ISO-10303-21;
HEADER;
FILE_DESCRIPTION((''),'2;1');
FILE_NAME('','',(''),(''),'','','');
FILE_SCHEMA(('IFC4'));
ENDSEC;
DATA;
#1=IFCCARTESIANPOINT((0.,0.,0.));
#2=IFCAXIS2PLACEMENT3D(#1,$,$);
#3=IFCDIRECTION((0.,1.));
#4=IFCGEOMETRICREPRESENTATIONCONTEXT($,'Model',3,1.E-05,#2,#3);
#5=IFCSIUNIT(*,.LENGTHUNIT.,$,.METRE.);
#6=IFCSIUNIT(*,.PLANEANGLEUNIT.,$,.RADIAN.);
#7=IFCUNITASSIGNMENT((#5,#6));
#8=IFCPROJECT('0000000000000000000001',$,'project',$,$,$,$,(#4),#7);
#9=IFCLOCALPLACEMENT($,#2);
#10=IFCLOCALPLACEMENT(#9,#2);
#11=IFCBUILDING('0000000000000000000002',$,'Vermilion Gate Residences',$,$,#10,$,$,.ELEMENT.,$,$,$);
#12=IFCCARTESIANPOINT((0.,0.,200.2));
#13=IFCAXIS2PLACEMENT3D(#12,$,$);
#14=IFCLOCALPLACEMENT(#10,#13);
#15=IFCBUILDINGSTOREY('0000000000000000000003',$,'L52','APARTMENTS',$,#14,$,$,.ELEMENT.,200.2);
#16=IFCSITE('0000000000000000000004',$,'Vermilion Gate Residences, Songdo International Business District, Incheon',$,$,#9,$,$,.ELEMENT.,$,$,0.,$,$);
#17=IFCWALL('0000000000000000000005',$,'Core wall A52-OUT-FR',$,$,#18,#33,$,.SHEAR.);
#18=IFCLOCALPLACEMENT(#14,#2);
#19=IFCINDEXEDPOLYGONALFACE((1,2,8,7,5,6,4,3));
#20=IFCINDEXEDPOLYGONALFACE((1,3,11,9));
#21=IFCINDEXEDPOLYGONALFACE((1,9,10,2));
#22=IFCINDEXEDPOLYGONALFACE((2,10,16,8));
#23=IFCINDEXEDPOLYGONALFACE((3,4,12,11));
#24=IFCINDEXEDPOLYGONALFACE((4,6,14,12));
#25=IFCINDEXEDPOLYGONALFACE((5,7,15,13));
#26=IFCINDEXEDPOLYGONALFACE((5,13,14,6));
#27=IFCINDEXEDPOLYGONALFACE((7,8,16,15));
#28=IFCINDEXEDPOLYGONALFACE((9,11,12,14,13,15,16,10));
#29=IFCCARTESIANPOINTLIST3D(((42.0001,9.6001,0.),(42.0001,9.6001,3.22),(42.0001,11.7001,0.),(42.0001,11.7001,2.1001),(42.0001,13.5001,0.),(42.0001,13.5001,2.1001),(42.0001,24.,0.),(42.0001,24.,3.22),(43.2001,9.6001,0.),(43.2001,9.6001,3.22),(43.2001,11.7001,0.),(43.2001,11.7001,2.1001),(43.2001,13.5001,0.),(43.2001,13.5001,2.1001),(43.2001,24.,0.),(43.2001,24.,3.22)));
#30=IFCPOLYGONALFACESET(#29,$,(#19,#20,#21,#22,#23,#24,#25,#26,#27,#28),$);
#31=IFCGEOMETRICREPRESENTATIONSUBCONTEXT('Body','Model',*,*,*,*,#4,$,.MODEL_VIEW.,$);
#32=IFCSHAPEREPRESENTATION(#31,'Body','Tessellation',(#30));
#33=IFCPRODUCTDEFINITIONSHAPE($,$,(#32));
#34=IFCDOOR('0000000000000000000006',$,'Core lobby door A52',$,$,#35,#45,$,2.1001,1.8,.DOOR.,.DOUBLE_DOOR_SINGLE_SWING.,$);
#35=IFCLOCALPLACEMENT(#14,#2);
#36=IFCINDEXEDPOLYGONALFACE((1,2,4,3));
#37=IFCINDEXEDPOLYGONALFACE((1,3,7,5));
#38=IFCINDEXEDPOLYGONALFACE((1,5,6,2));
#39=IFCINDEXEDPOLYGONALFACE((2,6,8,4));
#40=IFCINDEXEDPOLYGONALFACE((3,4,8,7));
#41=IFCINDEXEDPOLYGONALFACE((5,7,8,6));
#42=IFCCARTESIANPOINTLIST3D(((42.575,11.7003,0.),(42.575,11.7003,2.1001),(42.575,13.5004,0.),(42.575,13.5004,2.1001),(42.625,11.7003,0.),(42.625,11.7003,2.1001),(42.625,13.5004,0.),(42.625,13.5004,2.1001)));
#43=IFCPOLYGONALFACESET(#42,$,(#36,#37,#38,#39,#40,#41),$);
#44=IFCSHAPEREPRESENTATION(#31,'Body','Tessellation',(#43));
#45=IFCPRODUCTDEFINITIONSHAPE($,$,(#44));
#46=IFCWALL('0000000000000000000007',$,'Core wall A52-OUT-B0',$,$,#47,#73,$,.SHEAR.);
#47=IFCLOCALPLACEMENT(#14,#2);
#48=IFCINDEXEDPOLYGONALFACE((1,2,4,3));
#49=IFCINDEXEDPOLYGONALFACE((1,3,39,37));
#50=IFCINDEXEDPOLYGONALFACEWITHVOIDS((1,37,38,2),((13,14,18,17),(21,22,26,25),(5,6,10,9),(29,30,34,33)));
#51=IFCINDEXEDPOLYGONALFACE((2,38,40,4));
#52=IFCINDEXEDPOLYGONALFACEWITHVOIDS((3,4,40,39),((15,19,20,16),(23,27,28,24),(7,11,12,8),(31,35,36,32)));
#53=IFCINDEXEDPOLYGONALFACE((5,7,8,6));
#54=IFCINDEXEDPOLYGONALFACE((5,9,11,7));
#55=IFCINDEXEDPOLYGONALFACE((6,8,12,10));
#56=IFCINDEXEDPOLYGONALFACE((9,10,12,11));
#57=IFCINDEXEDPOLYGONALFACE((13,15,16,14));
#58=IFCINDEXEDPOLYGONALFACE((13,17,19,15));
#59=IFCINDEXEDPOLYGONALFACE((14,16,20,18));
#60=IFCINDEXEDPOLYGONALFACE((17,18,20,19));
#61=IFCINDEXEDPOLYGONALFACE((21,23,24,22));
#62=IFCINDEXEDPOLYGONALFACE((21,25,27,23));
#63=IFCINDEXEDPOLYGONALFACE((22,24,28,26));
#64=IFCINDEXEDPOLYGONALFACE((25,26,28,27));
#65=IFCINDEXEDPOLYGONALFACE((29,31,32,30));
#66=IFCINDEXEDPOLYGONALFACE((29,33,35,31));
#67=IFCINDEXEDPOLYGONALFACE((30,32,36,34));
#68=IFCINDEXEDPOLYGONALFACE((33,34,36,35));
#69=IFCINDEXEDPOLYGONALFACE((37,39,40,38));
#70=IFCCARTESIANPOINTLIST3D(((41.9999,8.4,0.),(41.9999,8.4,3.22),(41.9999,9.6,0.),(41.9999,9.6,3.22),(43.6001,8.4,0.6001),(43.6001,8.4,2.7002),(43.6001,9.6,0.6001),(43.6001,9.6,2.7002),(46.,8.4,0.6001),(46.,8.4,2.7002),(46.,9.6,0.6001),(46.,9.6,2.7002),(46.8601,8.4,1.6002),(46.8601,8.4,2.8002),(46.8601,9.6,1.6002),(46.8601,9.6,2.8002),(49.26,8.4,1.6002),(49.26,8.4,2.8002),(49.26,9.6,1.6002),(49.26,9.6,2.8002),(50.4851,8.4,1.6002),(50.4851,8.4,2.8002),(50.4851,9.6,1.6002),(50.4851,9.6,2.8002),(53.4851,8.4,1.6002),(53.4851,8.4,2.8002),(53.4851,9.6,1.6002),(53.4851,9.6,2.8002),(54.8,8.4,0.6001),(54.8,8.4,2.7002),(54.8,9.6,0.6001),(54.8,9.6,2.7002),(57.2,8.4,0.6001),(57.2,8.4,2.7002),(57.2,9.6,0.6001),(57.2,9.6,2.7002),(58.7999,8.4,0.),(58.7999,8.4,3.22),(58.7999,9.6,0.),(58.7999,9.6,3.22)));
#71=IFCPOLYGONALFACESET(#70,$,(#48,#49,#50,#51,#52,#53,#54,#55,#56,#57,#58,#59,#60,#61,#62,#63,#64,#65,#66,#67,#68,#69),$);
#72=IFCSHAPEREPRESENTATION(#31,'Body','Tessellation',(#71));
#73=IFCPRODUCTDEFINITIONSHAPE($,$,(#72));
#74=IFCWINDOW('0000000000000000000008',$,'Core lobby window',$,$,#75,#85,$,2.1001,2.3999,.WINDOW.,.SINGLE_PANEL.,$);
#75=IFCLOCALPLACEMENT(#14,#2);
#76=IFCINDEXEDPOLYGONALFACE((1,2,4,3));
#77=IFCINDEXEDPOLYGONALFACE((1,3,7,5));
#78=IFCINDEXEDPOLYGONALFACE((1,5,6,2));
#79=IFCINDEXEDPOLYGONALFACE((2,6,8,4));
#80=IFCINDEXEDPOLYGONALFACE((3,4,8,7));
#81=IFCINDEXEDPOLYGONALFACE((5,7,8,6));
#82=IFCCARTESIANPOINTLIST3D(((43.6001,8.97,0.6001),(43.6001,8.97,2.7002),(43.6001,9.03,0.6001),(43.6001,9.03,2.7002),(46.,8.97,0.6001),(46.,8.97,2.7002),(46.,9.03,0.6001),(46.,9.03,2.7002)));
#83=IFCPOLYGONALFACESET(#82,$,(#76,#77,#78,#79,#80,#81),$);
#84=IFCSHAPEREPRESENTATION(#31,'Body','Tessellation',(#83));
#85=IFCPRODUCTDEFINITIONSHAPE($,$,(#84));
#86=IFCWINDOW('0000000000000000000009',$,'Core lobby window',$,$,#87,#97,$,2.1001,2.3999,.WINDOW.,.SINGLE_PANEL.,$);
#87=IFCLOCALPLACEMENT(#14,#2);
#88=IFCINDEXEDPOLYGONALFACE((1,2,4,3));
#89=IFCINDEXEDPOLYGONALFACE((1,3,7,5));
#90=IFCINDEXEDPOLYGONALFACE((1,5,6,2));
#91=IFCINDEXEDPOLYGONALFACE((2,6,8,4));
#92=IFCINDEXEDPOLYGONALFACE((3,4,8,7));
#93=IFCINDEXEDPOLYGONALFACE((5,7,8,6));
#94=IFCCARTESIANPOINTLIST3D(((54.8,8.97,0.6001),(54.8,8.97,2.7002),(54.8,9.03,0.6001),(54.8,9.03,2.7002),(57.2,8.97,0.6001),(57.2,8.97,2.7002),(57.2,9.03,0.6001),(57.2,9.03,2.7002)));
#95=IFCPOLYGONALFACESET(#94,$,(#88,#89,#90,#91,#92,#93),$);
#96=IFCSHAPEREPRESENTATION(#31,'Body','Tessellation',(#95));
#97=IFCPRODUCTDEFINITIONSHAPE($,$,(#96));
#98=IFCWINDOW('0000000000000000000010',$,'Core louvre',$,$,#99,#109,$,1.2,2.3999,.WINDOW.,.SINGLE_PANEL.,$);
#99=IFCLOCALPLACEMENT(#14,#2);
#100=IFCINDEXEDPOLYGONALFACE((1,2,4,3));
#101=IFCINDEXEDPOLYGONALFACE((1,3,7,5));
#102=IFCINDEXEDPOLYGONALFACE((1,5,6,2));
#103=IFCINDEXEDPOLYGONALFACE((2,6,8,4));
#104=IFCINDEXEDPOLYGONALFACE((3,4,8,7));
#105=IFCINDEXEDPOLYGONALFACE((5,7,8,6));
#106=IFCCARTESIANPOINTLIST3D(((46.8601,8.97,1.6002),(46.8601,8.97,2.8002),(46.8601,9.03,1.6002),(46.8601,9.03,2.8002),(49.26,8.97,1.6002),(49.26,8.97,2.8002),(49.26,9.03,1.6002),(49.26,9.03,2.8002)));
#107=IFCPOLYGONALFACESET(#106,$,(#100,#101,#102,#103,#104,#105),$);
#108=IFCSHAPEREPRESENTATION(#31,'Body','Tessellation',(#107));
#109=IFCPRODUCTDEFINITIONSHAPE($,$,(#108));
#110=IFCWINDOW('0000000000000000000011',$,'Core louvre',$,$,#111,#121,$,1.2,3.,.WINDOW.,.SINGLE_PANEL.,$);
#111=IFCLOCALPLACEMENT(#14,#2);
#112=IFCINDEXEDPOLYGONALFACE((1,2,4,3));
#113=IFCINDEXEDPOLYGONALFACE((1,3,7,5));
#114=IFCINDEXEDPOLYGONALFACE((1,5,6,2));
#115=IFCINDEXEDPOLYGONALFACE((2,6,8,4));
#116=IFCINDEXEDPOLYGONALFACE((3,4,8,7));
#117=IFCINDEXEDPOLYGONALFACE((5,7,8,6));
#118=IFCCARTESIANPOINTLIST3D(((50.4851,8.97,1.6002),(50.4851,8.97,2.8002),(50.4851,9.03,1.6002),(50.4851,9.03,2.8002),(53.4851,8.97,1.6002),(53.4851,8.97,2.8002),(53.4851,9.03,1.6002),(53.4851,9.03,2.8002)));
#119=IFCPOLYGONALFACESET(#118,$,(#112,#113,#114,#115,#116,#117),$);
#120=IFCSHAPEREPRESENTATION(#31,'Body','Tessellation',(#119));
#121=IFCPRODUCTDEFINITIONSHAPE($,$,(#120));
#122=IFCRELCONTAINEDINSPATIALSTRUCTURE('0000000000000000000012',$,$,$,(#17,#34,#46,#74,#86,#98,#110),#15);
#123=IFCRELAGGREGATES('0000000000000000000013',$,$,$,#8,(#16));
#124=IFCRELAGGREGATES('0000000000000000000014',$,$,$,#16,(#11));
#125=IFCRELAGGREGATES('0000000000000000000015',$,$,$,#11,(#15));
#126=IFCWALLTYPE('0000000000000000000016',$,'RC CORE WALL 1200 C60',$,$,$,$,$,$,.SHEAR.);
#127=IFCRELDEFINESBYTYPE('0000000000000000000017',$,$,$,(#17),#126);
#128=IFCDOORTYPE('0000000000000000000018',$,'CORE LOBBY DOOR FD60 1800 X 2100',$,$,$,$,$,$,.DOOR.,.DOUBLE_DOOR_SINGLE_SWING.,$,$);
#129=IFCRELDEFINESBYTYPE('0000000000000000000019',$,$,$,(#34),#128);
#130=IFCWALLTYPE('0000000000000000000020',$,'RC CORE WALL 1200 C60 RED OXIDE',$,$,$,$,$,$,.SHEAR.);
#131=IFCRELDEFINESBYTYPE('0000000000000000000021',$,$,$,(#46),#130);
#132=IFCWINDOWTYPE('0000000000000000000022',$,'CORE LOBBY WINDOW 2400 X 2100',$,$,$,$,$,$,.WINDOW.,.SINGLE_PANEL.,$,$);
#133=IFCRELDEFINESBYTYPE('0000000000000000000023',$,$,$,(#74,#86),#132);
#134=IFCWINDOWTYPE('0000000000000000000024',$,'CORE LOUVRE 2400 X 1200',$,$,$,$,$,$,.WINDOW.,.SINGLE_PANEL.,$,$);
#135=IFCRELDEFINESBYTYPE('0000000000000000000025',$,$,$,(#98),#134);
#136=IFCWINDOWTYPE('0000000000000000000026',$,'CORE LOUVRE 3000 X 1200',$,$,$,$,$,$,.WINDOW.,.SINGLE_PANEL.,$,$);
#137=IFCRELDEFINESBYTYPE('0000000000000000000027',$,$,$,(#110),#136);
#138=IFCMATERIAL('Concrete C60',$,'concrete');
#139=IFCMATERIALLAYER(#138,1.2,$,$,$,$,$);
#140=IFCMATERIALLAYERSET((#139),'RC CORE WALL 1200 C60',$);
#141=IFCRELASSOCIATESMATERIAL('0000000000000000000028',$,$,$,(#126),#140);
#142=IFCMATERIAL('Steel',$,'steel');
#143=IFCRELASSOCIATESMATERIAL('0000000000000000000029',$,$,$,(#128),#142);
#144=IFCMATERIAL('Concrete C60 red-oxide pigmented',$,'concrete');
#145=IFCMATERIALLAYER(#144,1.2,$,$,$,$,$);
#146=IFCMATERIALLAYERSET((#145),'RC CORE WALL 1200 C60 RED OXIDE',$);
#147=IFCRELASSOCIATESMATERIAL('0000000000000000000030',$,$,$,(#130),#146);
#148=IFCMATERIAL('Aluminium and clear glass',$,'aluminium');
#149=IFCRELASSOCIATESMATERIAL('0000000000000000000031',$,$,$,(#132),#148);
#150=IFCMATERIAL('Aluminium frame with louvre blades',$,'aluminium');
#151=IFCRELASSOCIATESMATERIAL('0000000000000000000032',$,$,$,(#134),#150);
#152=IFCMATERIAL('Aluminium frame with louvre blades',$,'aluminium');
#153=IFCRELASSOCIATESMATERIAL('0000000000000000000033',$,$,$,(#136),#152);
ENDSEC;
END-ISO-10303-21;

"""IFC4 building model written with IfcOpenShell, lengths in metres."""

from ifc_helpers import new_model, si_unit, direction, frame, frame_2d, origin, place, context, subcontext, project, spatial, rectangle, extrude, material, layer, layer_set, type_object, element, fill, save


model = new_model("IFC4")

# Units and contexts
model_context = context("Model", 3, precision=1e-05, world=origin(), true_north=direction((0.0, 1.0)))
body_context = subcontext(model_context, "Body", "Model", "MODEL_VIEW")
ifc_project = project(units=[si_unit("LENGTHUNIT", "METRE"), si_unit("PLANEANGLEUNIT", "RADIAN")], contexts=[model_context])

# Site, building, storey
site_placement = place(None, origin())
site = spatial("IfcSite", under=ifc_project, at=site_placement, Name="Vermilion Gate Residences, Songdo International Business District, Incheon", CompositionType="ELEMENT", RefElevation=0.0)
building_placement = place(site_placement, origin())
building = spatial("IfcBuilding", under=site, at=building_placement, Name="Vermilion Gate Residences", CompositionType="ELEMENT")
storey_placement = place(building_placement, frame((0.0, 0.0, 200.2)))
storey = spatial("IfcBuildingStorey", under=building, at=storey_placement, Name="L52", Description="APARTMENTS", CompositionType="ELEMENT", Elevation=200.2)

# Wall, opening, door
ifc_material_1 = material(Name="Concrete C60", Category="concrete")
ifc_layer_1 = layer(ifc_material_1, 1.2)
ifc_layer_set_1 = layer_set([ifc_layer_1], Name="RC CORE WALL 1200 C60")
wall_type_1 = type_object("IfcWallType", Name="RC CORE WALL 1200 C60", PredefinedType="SHEAR", material=ifc_layer_set_1)
wall_1_placement = place(storey_placement, frame((42.6001, 9.6001, 0.0), z_axis=(0.0, 0.0, 1.0), x_axis=(0.0, 1.0, 0.0)))
wall_1 = element("IfcWall", 1, at=wall_1_placement, inside=storey, type_object=wall_type_1, Name="Core wall A52-OUT-FR", PredefinedType="SHEAR", context=body_context, shape_type="SweptSolid", body=[
    extrude(rectangle(XDim=14.3999, YDim=1.2, at=frame_2d((7.2, 0.0))), origin(), (0.0, 0.0, 1.0), 3.22),
])
opening_1_placement = place(wall_1_placement, frame((2.1001, 0.0, 0.0)))
opening_1 = element("IfcOpeningElement", 2, at=opening_1_placement, cuts=wall_1, PredefinedType="OPENING", context=body_context, shape_type="SweptSolid", body=[
    extrude(rectangle(XDim=1.8, YDim=2.1001, at=frame_2d((0.8999, 1.05))), frame((0.0, 0.6099, 0.0), z_axis=(0.0, -1.0, 0.0), x_axis=(1.0, 0.0, 0.0)), (0.0, 0.0, 1.0), 1.22),
])
ifc_material_2 = material(Name="Steel", Category="steel")
door_type_1 = type_object("IfcDoorType", Name="CORE LOBBY DOOR FD60 1800 X 2100", OperationType="DOUBLE_DOOR_SINGLE_SWING", PredefinedType="DOOR", material=ifc_material_2)
door_1_placement = place(opening_1_placement, frame((1.8, 0.0, 0.0), z_axis=(0.0, 0.0, 1.0), x_axis=(-1.0, 0.0, 0.0)))
door_1 = element("IfcDoor", 3, at=door_1_placement, inside=storey, type_object=door_type_1, Name="Core lobby door A52", OperationType="DOUBLE_DOOR_SINGLE_SWING", OverallHeight=2.1001, OverallWidth=1.8, PredefinedType="DOOR", context=body_context, shape_type="SweptSolid", body=[
    extrude(rectangle(XDim=1.8, YDim=2.1001, at=frame_2d((0.8999, 1.05))), frame((0.0, 0.0249, 0.0), z_axis=(0.0, -1.0, 0.0), x_axis=(1.0, 0.0, 0.0)), (0.0, 0.0, 1.0), 0.05),
])
fill(opening_1, door_1)

# Wall, openings, windows
ifc_material_3 = material(Name="Concrete C60 red-oxide pigmented", Category="concrete")
ifc_layer_2 = layer(ifc_material_3, 1.2)
ifc_layer_set_2 = layer_set([ifc_layer_2], Name="RC CORE WALL 1200 C60 RED OXIDE")
wall_type_2 = type_object("IfcWallType", Name="RC CORE WALL 1200 C60 RED OXIDE", PredefinedType="SHEAR", material=ifc_layer_set_2)
wall_2_placement = place(storey_placement, frame((42.0, 9.0, 0.0), z_axis=(0.0, 0.0, 1.0), x_axis=(1.0, 0.0, 0.0)))
wall_2 = element("IfcWall", 4, at=wall_2_placement, inside=storey, type_object=wall_type_2, Name="Core wall A52-OUT-B0", PredefinedType="SHEAR", context=body_context, shape_type="SweptSolid", body=[
    extrude(rectangle(XDim=16.8, YDim=1.2, at=frame_2d((8.3999, 0.0))), origin(), (0.0, 0.0, 1.0), 3.22),
])
opening_2_placement = place(wall_2_placement, frame((1.6001, 0.0, 0.6001)))
opening_2 = element("IfcOpeningElement", 5, at=opening_2_placement, cuts=wall_2, PredefinedType="OPENING", context=body_context, shape_type="SweptSolid", body=[
    extrude(rectangle(XDim=2.3999, YDim=2.1001, at=frame_2d((1.2, 1.05))), frame((0.0, 0.6099, 0.0), z_axis=(0.0, -1.0, 0.0), x_axis=(1.0, 0.0, 0.0)), (0.0, 0.0, 1.0), 1.22),
])
opening_3_placement = place(wall_2_placement, frame((4.8601, 0.0, 1.6001)))
opening_3 = element("IfcOpeningElement", 6, at=opening_3_placement, cuts=wall_2, PredefinedType="OPENING", context=body_context, shape_type="SweptSolid", body=[
    extrude(rectangle(XDim=2.3999, YDim=1.2, at=frame_2d((1.2, 0.6001))), frame((0.0, 0.6099, 0.0), z_axis=(0.0, -1.0, 0.0), x_axis=(1.0, 0.0, 0.0)), (0.0, 0.0, 1.0), 1.22),
])
opening_4_placement = place(wall_2_placement, frame((8.4851, 0.0, 1.6001)))
opening_4 = element("IfcOpeningElement", 7, at=opening_4_placement, cuts=wall_2, PredefinedType="OPENING", context=body_context, shape_type="SweptSolid", body=[
    extrude(rectangle(XDim=3.0, YDim=1.2, at=frame_2d((1.5, 0.6001))), frame((0.0, 0.6099, 0.0), z_axis=(0.0, -1.0, 0.0), x_axis=(1.0, 0.0, 0.0)), (0.0, 0.0, 1.0), 1.22),
])
opening_5_placement = place(wall_2_placement, frame((12.8, 0.0, 0.6001)))
opening_5 = element("IfcOpeningElement", 8, at=opening_5_placement, cuts=wall_2, PredefinedType="OPENING", context=body_context, shape_type="SweptSolid", body=[
    extrude(rectangle(XDim=2.3999, YDim=2.1001, at=frame_2d((1.2, 1.05))), frame((0.0, 0.6099, 0.0), z_axis=(0.0, -1.0, 0.0), x_axis=(1.0, 0.0, 0.0)), (0.0, 0.0, 1.0), 1.22),
])
ifc_material_4 = material(Name="Aluminium and clear glass", Category="aluminium")
window_type_1 = type_object("IfcWindowType", Name="CORE LOBBY WINDOW 2400 X 2100", PartitioningType="SINGLE_PANEL", PredefinedType="WINDOW", material=ifc_material_4)
window_1_placement = place(opening_2_placement, origin())
window_1 = element("IfcWindow", 9, at=window_1_placement, inside=storey, type_object=window_type_1, Name="Core lobby window", OverallHeight=2.1001, OverallWidth=2.3999, PartitioningType="SINGLE_PANEL", PredefinedType="WINDOW", context=body_context, shape_type="SweptSolid", body=[
    extrude(rectangle(XDim=2.3999, YDim=2.1001, at=frame_2d((1.2, 1.05))), frame((0.0, 0.03, 0.0), z_axis=(0.0, -1.0, 0.0), x_axis=(1.0, 0.0, 0.0)), (0.0, 0.0, 1.0), 0.0601),
])
fill(opening_2, window_1)
window_2_placement = place(opening_5_placement, origin())
window_2 = element("IfcWindow", 10, at=window_2_placement, inside=storey, type_object=window_type_1, Name="Core lobby window", OverallHeight=2.1001, OverallWidth=2.3999, PartitioningType="SINGLE_PANEL", PredefinedType="WINDOW", context=body_context, shape_type="SweptSolid", body=[
    extrude(rectangle(XDim=2.3999, YDim=2.1001, at=frame_2d((1.2, 1.05))), frame((0.0, 0.03, 0.0), z_axis=(0.0, -1.0, 0.0), x_axis=(1.0, 0.0, 0.0)), (0.0, 0.0, 1.0), 0.0601),
])
fill(opening_5, window_2)
ifc_material_5 = material(Name="Aluminium frame with louvre blades", Category="aluminium")
window_type_2 = type_object("IfcWindowType", Name="CORE LOUVRE 2400 X 1200", PartitioningType="SINGLE_PANEL", PredefinedType="WINDOW", material=ifc_material_5)
window_3_placement = place(opening_3_placement, origin())
window_3 = element("IfcWindow", 11, at=window_3_placement, inside=storey, type_object=window_type_2, Name="Core louvre", OverallHeight=1.2, OverallWidth=2.3999, PartitioningType="SINGLE_PANEL", PredefinedType="WINDOW", context=body_context, shape_type="SweptSolid", body=[
    extrude(rectangle(XDim=2.3999, YDim=1.2, at=frame_2d((1.2, 0.6001))), frame((0.0, 0.03, 0.0), z_axis=(0.0, -1.0, 0.0), x_axis=(1.0, 0.0, 0.0)), (0.0, 0.0, 1.0), 0.0601),
])
fill(opening_3, window_3)
ifc_material_6 = material(Name="Aluminium frame with louvre blades", Category="aluminium")
window_type_3 = type_object("IfcWindowType", Name="CORE LOUVRE 3000 X 1200", PartitioningType="SINGLE_PANEL", PredefinedType="WINDOW", material=ifc_material_6)
window_4_placement = place(opening_4_placement, origin())
window_4 = element("IfcWindow", 12, at=window_4_placement, inside=storey, type_object=window_type_3, Name="Core louvre", OverallHeight=1.2, OverallWidth=3.0, PartitioningType="SINGLE_PANEL", PredefinedType="WINDOW", context=body_context, shape_type="SweptSolid", body=[
    extrude(rectangle(XDim=3.0, YDim=1.2, at=frame_2d((1.5, 0.6001))), frame((0.0, 0.03, 0.0), z_axis=(0.0, -1.0, 0.0), x_axis=(1.0, 0.0, 0.0)), (0.0, 0.0, 1.0), 0.0601),
])
fill(opening_4, window_4)

save(model, "model.ifc")
